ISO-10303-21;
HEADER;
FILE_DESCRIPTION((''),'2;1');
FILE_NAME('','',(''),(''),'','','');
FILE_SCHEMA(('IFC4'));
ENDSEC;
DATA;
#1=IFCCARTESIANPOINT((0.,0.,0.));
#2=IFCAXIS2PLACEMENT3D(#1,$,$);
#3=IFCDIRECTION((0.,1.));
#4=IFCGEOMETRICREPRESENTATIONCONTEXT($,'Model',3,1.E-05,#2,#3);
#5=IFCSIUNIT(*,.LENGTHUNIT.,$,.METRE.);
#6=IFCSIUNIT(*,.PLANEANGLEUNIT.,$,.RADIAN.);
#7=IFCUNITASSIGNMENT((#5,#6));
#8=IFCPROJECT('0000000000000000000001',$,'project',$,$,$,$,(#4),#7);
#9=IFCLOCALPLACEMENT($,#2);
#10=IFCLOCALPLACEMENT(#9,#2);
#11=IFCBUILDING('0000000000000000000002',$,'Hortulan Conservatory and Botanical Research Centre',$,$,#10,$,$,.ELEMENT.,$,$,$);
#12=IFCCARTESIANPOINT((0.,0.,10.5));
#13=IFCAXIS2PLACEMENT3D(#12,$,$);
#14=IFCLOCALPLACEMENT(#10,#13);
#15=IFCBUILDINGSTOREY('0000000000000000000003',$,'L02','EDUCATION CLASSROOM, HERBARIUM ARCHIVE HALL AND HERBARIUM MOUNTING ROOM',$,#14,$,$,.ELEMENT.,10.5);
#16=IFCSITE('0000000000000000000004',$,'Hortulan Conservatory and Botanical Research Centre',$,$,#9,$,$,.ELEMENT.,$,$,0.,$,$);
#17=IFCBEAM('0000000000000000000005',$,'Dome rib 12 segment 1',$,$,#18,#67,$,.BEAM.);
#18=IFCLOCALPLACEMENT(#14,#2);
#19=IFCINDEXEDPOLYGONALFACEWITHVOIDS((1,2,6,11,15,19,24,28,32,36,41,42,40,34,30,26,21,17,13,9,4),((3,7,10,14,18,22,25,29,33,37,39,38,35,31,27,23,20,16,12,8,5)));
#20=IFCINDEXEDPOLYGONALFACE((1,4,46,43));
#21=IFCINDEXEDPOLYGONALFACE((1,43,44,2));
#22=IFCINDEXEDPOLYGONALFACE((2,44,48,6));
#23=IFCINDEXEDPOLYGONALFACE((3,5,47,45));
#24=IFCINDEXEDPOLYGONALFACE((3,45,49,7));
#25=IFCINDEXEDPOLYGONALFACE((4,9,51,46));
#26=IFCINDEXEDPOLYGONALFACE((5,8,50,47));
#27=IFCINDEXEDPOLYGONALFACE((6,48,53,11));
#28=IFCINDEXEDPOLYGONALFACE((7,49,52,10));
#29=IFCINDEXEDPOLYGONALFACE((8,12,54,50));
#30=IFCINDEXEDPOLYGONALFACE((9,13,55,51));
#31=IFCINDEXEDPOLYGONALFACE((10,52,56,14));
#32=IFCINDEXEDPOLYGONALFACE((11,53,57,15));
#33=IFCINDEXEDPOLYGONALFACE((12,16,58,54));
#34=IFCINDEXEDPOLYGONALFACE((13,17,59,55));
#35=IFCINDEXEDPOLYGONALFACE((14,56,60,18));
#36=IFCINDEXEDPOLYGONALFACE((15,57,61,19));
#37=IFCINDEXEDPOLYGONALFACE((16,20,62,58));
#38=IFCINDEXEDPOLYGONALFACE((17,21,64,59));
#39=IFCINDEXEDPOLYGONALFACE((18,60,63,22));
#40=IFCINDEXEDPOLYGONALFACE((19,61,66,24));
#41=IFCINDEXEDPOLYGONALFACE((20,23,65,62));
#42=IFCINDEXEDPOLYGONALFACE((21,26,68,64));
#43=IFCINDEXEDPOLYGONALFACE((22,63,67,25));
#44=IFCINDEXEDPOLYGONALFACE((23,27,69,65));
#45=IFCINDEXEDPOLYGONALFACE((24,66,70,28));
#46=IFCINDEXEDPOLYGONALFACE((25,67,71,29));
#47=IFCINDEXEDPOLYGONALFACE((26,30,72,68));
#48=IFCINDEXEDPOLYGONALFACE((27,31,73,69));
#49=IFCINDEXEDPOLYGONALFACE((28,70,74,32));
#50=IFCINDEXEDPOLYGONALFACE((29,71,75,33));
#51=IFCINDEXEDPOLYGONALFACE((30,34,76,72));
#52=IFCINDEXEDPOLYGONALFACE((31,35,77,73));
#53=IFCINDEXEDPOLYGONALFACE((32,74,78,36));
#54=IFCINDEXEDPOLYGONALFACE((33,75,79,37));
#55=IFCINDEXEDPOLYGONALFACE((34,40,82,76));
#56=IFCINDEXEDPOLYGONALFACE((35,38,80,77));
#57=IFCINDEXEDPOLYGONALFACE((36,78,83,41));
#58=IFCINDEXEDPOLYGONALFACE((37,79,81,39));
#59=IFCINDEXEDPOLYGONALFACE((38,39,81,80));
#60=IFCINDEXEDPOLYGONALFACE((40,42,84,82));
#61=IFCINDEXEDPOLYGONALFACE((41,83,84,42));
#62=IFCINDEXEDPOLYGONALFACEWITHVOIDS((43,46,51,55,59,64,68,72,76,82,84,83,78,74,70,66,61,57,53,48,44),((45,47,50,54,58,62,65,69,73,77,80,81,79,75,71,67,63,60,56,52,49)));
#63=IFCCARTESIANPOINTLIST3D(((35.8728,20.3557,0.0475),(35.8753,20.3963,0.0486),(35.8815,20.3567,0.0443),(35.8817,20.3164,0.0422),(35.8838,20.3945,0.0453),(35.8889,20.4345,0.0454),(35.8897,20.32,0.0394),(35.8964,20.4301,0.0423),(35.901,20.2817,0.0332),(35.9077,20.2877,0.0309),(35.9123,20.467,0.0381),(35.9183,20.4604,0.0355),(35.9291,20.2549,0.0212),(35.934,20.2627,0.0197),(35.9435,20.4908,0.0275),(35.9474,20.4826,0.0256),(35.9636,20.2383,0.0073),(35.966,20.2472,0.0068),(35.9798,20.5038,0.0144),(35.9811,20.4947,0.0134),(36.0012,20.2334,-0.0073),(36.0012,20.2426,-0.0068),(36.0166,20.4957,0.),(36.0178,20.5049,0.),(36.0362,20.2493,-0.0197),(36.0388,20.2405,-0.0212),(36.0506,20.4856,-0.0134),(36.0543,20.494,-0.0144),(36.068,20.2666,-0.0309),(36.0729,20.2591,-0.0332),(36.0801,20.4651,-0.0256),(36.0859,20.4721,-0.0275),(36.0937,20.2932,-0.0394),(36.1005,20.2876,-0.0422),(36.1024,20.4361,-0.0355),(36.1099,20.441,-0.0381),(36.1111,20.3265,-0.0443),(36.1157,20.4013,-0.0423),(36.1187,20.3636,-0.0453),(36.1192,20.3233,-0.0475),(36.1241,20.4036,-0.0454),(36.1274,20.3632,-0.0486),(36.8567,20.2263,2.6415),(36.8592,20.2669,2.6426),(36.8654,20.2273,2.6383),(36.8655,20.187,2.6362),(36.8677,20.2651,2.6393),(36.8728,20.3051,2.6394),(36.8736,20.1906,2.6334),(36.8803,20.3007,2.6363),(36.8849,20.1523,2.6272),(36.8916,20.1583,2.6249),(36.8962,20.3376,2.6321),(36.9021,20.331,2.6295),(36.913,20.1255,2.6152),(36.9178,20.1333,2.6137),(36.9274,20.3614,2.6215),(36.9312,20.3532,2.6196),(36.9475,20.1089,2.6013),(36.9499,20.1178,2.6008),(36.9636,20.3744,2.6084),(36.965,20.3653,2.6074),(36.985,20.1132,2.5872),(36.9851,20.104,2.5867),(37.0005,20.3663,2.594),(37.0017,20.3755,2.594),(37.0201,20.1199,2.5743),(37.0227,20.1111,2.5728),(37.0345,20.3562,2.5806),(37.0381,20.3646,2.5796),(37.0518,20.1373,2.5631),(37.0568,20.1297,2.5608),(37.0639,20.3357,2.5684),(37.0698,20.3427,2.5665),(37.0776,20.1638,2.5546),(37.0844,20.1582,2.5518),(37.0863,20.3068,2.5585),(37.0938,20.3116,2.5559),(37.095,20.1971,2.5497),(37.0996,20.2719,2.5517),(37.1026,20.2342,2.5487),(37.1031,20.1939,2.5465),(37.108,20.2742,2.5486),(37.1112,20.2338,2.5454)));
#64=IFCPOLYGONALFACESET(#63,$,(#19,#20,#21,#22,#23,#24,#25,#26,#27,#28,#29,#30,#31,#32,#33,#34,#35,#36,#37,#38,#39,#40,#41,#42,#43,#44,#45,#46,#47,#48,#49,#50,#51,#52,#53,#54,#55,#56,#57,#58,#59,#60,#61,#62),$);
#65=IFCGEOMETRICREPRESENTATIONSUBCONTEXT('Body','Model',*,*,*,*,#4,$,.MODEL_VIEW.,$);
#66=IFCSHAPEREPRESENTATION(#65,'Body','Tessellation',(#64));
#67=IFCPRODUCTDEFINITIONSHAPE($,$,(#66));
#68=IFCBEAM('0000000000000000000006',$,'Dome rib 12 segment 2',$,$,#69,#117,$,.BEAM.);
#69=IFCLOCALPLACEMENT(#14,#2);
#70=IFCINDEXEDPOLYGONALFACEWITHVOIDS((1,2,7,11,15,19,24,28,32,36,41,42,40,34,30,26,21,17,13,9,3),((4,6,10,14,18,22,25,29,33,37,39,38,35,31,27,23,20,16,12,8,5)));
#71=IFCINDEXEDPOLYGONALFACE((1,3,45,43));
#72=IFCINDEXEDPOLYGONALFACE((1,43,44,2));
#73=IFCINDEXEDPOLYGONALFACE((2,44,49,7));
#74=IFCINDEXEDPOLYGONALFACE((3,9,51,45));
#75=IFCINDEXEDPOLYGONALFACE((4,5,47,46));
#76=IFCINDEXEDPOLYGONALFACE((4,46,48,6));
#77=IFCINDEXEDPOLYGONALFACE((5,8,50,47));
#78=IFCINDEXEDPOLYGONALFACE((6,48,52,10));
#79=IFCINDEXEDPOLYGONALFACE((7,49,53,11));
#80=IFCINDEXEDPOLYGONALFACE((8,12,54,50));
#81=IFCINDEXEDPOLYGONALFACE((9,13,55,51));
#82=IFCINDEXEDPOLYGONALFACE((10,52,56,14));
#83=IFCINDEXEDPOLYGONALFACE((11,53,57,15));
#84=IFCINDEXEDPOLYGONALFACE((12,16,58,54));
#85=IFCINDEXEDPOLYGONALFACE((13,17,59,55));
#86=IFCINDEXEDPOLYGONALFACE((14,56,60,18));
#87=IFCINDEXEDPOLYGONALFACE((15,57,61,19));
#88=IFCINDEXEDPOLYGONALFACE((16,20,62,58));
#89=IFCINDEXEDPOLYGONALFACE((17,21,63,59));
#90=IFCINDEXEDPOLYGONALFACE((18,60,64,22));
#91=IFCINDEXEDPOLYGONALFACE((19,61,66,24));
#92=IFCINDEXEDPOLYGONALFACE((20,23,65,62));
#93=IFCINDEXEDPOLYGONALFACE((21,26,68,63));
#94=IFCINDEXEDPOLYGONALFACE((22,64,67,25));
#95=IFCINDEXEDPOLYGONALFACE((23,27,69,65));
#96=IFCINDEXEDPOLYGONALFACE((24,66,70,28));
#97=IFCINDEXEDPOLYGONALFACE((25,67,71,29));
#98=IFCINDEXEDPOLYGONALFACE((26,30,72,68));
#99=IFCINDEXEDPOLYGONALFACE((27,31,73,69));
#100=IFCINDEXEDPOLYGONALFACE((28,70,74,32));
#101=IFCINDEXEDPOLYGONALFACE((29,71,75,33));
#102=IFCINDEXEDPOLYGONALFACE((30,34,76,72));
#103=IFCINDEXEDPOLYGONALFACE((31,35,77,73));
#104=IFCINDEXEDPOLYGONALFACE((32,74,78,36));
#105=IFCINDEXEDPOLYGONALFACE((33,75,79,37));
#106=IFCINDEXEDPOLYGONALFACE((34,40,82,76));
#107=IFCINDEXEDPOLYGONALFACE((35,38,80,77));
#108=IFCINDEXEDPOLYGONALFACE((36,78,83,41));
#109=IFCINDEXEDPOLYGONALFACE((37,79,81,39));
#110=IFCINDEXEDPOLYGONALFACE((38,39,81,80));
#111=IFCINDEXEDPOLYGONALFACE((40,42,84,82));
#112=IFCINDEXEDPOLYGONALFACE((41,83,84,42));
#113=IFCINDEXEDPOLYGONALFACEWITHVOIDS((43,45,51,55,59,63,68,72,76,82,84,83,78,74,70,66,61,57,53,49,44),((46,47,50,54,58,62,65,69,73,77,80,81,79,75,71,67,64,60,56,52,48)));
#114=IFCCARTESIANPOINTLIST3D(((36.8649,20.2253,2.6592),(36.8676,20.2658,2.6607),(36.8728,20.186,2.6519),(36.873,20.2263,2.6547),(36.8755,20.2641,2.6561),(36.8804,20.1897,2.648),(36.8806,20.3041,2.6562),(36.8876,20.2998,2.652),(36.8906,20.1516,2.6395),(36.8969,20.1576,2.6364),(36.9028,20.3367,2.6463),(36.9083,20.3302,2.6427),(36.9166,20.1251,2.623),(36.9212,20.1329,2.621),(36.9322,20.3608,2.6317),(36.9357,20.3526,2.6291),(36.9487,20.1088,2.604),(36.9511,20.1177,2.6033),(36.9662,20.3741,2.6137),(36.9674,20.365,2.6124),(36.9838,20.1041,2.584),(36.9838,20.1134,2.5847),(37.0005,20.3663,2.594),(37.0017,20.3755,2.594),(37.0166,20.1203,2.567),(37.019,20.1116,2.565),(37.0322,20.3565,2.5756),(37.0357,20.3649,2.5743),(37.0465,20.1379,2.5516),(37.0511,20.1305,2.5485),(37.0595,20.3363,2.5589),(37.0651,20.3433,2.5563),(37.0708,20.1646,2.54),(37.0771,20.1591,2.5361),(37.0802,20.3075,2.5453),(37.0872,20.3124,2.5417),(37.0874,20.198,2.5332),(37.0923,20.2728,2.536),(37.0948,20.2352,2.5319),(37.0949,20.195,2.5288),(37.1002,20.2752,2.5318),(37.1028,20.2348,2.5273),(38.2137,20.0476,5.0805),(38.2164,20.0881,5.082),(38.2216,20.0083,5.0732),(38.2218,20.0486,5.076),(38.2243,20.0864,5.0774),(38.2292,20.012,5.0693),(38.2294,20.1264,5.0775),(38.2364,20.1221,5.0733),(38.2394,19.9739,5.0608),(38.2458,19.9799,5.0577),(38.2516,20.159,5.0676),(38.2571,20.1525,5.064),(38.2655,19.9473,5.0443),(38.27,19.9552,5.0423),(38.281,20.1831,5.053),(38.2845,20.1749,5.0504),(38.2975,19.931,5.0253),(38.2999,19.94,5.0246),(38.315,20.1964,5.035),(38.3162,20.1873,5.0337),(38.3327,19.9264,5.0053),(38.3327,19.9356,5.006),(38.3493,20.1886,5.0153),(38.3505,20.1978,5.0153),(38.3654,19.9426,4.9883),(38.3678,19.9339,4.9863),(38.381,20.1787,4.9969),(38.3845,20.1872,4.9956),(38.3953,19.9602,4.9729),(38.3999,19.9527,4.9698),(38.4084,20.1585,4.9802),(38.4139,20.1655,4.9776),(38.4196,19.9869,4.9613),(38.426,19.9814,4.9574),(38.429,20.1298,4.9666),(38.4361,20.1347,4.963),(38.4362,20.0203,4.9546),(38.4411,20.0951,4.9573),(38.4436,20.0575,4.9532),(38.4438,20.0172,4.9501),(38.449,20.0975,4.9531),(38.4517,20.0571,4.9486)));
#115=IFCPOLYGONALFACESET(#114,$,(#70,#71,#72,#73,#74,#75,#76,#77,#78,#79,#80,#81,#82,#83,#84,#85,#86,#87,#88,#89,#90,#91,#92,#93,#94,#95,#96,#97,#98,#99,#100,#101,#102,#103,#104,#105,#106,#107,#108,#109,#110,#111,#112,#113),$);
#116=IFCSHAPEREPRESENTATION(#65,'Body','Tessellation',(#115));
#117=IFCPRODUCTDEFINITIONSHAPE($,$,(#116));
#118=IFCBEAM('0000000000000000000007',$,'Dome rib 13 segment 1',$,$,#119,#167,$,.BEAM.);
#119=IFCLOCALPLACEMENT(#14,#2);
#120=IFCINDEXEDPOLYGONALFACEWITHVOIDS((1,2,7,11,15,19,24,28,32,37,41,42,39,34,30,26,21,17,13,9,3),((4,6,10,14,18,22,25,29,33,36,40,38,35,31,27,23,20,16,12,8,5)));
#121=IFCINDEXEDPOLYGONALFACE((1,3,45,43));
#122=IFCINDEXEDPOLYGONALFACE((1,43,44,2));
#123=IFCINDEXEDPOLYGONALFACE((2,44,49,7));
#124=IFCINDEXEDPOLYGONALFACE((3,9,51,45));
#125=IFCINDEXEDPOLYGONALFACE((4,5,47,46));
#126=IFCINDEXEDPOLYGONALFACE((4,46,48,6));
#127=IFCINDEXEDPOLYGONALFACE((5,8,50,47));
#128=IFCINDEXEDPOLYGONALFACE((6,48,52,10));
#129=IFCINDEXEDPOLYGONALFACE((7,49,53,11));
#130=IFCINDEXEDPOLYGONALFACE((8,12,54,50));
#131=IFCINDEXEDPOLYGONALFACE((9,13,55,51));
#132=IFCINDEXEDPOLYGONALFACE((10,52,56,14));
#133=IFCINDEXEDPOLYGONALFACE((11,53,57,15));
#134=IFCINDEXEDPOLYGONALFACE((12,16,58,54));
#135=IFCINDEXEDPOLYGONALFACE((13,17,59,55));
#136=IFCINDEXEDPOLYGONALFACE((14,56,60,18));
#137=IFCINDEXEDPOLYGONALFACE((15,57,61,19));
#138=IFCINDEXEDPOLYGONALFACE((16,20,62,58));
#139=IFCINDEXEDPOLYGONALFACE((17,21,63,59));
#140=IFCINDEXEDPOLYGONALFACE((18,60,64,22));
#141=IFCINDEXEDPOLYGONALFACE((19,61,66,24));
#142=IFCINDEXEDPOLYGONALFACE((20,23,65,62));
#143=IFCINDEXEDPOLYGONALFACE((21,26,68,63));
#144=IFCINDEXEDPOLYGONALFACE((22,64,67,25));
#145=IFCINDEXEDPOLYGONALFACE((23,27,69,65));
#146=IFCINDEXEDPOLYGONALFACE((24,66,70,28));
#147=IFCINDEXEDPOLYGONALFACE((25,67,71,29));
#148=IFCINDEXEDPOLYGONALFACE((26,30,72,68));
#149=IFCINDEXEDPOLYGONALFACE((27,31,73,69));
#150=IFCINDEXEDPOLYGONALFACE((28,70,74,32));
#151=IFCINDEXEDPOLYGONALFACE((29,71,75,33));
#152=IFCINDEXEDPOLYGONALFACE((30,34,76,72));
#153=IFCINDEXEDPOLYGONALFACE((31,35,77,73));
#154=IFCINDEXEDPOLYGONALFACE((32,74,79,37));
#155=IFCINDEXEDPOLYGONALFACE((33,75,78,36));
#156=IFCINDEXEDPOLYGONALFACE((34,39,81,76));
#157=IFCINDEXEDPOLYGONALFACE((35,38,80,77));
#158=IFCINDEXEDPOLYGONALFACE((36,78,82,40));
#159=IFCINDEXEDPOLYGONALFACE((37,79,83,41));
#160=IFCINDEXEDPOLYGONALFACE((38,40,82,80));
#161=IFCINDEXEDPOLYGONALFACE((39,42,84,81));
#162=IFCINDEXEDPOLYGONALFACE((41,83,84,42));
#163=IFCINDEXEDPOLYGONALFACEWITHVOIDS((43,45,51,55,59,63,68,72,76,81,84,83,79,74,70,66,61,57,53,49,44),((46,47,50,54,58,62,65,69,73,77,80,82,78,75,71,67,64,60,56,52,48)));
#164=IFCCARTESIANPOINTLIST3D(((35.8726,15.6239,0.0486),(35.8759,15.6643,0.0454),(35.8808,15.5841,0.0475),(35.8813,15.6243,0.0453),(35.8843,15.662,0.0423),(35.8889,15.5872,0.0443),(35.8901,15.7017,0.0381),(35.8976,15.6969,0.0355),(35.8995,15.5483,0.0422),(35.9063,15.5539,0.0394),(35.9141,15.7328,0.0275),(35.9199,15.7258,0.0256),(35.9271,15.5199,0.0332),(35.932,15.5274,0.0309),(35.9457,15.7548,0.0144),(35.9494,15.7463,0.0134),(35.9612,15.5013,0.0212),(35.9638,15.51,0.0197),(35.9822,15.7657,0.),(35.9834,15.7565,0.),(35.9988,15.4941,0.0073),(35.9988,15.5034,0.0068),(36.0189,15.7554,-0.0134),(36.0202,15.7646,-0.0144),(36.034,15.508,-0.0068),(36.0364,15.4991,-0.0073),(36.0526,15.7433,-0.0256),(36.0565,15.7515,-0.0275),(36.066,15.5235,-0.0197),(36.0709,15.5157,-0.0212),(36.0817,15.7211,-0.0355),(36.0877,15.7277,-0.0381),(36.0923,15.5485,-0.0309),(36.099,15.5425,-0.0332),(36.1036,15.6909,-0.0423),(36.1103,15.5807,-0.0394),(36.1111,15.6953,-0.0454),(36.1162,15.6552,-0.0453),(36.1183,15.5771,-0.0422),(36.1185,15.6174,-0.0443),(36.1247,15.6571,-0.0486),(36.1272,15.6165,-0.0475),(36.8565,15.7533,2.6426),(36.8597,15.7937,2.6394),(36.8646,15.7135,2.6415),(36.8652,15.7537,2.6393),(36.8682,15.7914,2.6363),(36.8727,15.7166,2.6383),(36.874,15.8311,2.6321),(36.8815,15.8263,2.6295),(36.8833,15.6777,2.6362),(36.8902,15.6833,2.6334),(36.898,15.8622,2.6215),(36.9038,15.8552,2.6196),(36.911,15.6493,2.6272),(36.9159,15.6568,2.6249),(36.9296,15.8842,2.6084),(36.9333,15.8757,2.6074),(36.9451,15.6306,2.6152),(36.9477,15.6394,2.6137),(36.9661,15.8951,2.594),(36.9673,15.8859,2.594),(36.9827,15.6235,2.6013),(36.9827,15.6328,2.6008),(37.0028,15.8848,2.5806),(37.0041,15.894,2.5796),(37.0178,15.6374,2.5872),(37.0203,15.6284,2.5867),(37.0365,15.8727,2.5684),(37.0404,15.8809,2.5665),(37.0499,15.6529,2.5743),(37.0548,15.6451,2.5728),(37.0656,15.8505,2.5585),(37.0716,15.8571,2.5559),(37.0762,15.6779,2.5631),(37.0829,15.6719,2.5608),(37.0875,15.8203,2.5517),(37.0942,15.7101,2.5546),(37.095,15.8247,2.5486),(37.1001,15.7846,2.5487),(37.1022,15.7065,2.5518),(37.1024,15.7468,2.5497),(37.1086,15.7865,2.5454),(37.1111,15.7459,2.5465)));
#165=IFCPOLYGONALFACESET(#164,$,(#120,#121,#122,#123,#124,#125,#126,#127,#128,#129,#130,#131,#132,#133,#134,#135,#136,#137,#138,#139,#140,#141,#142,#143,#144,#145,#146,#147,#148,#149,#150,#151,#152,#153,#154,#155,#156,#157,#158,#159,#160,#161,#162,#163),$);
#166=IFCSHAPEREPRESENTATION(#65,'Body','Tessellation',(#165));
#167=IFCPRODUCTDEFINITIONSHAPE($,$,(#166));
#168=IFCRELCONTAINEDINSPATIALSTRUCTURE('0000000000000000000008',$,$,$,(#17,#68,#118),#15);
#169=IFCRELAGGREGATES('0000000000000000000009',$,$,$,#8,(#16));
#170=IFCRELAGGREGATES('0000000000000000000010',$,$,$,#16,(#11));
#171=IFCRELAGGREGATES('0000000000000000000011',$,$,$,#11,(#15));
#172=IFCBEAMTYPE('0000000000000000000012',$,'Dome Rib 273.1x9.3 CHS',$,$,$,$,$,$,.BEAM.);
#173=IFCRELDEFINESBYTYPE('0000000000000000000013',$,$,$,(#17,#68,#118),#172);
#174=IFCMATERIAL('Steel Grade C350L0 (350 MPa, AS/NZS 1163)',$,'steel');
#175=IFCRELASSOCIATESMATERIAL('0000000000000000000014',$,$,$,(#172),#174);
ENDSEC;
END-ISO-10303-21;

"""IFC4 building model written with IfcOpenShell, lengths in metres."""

from ifc_helpers import new_model, si_unit, direction, frame, origin, origin_2d, place, context, subcontext, project, spatial, hollow_circle, extrude, material, material_profile, profile_set, type_object, element, save


model = new_model("IFC4")

# Units and contexts
model_context = context("Model", 3, precision=1e-05, world=origin(), true_north=direction((0.0, 1.0)))
body_context = subcontext(model_context, "Body", "Model", "MODEL_VIEW")
ifc_project = project(units=[si_unit("LENGTHUNIT", "METRE"), si_unit("PLANEANGLEUNIT", "RADIAN")], contexts=[model_context])

# Site, building, storey
site_placement = place(None, origin())
site = spatial("IfcSite", under=ifc_project, at=site_placement, Name="Hortulan Conservatory and Botanical Research Centre", CompositionType="ELEMENT", RefElevation=0.0)
building_placement = place(site_placement, origin())
building = spatial("IfcBuilding", under=site, at=building_placement, Name="Hortulan Conservatory and Botanical Research Centre", CompositionType="ELEMENT")
storey_placement = place(building_placement, frame((0.0, 0.0, 10.5)))
storey = spatial("IfcBuildingStorey", under=building, at=storey_placement, Name="L02", Description="EDUCATION CLASSROOM, HERBARIUM ARCHIVE HALL AND HERBARIUM MOUNTING ROOM", CompositionType="ELEMENT", Elevation=10.5)

# Beams
ifc_material_1 = material(Name="Steel Grade C350L0 (350 MPa, AS/NZS 1163)", Category="steel")
ifc_material_profile_1 = material_profile(ifc_material_1, hollow_circle(Radius=0.1365, WallThickness=0.0093, at=origin_2d()), Name="273.1x9.3CHS")
ifc_profile_set_1 = profile_set([ifc_material_profile_1], Name="Steel Grade C350L0 (350 MPa, AS/NZS 1163)")
beam_type_1 = type_object("IfcBeamType", Name="Dome Rib 273.1x9.3 CHS", PredefinedType="BEAM", material=ifc_profile_set_1)
for number, where, z_axis, x_axis, name in (
    (1, (36.0, 20.3696, 0.0), (0.354256, -0.046589, 0.933987), (0.130391, 0.991463, 0.0), "Dome rib 12 segment 1"),
    (2, (36.9839, 20.2402, 2.594), (0.485655, -0.063992, 0.871805), (0.130636, 0.99143, 0.0), "Dome rib 12 segment 2"),
    (3, (36.0, 15.6304, 0.0), (0.354256, 0.046589, 0.933987), (-0.130391, 0.991463, 0.0), "Dome rib 13 segment 1"),
):
    element("IfcBeam", number, at=place(storey_placement, frame(where, z_axis=z_axis, x_axis=x_axis)), inside=storey, type_object=beam_type_1, Name=name, PredefinedType="BEAM", context=body_context, shape_type="SweptSolid", body=[
        extrude(hollow_circle(Radius=0.1365, WallThickness=0.0093, at=origin_2d()), origin(), (0.0, 0.0, 1.0), 2.7773),
    ])

save(model, "model.ifc")
